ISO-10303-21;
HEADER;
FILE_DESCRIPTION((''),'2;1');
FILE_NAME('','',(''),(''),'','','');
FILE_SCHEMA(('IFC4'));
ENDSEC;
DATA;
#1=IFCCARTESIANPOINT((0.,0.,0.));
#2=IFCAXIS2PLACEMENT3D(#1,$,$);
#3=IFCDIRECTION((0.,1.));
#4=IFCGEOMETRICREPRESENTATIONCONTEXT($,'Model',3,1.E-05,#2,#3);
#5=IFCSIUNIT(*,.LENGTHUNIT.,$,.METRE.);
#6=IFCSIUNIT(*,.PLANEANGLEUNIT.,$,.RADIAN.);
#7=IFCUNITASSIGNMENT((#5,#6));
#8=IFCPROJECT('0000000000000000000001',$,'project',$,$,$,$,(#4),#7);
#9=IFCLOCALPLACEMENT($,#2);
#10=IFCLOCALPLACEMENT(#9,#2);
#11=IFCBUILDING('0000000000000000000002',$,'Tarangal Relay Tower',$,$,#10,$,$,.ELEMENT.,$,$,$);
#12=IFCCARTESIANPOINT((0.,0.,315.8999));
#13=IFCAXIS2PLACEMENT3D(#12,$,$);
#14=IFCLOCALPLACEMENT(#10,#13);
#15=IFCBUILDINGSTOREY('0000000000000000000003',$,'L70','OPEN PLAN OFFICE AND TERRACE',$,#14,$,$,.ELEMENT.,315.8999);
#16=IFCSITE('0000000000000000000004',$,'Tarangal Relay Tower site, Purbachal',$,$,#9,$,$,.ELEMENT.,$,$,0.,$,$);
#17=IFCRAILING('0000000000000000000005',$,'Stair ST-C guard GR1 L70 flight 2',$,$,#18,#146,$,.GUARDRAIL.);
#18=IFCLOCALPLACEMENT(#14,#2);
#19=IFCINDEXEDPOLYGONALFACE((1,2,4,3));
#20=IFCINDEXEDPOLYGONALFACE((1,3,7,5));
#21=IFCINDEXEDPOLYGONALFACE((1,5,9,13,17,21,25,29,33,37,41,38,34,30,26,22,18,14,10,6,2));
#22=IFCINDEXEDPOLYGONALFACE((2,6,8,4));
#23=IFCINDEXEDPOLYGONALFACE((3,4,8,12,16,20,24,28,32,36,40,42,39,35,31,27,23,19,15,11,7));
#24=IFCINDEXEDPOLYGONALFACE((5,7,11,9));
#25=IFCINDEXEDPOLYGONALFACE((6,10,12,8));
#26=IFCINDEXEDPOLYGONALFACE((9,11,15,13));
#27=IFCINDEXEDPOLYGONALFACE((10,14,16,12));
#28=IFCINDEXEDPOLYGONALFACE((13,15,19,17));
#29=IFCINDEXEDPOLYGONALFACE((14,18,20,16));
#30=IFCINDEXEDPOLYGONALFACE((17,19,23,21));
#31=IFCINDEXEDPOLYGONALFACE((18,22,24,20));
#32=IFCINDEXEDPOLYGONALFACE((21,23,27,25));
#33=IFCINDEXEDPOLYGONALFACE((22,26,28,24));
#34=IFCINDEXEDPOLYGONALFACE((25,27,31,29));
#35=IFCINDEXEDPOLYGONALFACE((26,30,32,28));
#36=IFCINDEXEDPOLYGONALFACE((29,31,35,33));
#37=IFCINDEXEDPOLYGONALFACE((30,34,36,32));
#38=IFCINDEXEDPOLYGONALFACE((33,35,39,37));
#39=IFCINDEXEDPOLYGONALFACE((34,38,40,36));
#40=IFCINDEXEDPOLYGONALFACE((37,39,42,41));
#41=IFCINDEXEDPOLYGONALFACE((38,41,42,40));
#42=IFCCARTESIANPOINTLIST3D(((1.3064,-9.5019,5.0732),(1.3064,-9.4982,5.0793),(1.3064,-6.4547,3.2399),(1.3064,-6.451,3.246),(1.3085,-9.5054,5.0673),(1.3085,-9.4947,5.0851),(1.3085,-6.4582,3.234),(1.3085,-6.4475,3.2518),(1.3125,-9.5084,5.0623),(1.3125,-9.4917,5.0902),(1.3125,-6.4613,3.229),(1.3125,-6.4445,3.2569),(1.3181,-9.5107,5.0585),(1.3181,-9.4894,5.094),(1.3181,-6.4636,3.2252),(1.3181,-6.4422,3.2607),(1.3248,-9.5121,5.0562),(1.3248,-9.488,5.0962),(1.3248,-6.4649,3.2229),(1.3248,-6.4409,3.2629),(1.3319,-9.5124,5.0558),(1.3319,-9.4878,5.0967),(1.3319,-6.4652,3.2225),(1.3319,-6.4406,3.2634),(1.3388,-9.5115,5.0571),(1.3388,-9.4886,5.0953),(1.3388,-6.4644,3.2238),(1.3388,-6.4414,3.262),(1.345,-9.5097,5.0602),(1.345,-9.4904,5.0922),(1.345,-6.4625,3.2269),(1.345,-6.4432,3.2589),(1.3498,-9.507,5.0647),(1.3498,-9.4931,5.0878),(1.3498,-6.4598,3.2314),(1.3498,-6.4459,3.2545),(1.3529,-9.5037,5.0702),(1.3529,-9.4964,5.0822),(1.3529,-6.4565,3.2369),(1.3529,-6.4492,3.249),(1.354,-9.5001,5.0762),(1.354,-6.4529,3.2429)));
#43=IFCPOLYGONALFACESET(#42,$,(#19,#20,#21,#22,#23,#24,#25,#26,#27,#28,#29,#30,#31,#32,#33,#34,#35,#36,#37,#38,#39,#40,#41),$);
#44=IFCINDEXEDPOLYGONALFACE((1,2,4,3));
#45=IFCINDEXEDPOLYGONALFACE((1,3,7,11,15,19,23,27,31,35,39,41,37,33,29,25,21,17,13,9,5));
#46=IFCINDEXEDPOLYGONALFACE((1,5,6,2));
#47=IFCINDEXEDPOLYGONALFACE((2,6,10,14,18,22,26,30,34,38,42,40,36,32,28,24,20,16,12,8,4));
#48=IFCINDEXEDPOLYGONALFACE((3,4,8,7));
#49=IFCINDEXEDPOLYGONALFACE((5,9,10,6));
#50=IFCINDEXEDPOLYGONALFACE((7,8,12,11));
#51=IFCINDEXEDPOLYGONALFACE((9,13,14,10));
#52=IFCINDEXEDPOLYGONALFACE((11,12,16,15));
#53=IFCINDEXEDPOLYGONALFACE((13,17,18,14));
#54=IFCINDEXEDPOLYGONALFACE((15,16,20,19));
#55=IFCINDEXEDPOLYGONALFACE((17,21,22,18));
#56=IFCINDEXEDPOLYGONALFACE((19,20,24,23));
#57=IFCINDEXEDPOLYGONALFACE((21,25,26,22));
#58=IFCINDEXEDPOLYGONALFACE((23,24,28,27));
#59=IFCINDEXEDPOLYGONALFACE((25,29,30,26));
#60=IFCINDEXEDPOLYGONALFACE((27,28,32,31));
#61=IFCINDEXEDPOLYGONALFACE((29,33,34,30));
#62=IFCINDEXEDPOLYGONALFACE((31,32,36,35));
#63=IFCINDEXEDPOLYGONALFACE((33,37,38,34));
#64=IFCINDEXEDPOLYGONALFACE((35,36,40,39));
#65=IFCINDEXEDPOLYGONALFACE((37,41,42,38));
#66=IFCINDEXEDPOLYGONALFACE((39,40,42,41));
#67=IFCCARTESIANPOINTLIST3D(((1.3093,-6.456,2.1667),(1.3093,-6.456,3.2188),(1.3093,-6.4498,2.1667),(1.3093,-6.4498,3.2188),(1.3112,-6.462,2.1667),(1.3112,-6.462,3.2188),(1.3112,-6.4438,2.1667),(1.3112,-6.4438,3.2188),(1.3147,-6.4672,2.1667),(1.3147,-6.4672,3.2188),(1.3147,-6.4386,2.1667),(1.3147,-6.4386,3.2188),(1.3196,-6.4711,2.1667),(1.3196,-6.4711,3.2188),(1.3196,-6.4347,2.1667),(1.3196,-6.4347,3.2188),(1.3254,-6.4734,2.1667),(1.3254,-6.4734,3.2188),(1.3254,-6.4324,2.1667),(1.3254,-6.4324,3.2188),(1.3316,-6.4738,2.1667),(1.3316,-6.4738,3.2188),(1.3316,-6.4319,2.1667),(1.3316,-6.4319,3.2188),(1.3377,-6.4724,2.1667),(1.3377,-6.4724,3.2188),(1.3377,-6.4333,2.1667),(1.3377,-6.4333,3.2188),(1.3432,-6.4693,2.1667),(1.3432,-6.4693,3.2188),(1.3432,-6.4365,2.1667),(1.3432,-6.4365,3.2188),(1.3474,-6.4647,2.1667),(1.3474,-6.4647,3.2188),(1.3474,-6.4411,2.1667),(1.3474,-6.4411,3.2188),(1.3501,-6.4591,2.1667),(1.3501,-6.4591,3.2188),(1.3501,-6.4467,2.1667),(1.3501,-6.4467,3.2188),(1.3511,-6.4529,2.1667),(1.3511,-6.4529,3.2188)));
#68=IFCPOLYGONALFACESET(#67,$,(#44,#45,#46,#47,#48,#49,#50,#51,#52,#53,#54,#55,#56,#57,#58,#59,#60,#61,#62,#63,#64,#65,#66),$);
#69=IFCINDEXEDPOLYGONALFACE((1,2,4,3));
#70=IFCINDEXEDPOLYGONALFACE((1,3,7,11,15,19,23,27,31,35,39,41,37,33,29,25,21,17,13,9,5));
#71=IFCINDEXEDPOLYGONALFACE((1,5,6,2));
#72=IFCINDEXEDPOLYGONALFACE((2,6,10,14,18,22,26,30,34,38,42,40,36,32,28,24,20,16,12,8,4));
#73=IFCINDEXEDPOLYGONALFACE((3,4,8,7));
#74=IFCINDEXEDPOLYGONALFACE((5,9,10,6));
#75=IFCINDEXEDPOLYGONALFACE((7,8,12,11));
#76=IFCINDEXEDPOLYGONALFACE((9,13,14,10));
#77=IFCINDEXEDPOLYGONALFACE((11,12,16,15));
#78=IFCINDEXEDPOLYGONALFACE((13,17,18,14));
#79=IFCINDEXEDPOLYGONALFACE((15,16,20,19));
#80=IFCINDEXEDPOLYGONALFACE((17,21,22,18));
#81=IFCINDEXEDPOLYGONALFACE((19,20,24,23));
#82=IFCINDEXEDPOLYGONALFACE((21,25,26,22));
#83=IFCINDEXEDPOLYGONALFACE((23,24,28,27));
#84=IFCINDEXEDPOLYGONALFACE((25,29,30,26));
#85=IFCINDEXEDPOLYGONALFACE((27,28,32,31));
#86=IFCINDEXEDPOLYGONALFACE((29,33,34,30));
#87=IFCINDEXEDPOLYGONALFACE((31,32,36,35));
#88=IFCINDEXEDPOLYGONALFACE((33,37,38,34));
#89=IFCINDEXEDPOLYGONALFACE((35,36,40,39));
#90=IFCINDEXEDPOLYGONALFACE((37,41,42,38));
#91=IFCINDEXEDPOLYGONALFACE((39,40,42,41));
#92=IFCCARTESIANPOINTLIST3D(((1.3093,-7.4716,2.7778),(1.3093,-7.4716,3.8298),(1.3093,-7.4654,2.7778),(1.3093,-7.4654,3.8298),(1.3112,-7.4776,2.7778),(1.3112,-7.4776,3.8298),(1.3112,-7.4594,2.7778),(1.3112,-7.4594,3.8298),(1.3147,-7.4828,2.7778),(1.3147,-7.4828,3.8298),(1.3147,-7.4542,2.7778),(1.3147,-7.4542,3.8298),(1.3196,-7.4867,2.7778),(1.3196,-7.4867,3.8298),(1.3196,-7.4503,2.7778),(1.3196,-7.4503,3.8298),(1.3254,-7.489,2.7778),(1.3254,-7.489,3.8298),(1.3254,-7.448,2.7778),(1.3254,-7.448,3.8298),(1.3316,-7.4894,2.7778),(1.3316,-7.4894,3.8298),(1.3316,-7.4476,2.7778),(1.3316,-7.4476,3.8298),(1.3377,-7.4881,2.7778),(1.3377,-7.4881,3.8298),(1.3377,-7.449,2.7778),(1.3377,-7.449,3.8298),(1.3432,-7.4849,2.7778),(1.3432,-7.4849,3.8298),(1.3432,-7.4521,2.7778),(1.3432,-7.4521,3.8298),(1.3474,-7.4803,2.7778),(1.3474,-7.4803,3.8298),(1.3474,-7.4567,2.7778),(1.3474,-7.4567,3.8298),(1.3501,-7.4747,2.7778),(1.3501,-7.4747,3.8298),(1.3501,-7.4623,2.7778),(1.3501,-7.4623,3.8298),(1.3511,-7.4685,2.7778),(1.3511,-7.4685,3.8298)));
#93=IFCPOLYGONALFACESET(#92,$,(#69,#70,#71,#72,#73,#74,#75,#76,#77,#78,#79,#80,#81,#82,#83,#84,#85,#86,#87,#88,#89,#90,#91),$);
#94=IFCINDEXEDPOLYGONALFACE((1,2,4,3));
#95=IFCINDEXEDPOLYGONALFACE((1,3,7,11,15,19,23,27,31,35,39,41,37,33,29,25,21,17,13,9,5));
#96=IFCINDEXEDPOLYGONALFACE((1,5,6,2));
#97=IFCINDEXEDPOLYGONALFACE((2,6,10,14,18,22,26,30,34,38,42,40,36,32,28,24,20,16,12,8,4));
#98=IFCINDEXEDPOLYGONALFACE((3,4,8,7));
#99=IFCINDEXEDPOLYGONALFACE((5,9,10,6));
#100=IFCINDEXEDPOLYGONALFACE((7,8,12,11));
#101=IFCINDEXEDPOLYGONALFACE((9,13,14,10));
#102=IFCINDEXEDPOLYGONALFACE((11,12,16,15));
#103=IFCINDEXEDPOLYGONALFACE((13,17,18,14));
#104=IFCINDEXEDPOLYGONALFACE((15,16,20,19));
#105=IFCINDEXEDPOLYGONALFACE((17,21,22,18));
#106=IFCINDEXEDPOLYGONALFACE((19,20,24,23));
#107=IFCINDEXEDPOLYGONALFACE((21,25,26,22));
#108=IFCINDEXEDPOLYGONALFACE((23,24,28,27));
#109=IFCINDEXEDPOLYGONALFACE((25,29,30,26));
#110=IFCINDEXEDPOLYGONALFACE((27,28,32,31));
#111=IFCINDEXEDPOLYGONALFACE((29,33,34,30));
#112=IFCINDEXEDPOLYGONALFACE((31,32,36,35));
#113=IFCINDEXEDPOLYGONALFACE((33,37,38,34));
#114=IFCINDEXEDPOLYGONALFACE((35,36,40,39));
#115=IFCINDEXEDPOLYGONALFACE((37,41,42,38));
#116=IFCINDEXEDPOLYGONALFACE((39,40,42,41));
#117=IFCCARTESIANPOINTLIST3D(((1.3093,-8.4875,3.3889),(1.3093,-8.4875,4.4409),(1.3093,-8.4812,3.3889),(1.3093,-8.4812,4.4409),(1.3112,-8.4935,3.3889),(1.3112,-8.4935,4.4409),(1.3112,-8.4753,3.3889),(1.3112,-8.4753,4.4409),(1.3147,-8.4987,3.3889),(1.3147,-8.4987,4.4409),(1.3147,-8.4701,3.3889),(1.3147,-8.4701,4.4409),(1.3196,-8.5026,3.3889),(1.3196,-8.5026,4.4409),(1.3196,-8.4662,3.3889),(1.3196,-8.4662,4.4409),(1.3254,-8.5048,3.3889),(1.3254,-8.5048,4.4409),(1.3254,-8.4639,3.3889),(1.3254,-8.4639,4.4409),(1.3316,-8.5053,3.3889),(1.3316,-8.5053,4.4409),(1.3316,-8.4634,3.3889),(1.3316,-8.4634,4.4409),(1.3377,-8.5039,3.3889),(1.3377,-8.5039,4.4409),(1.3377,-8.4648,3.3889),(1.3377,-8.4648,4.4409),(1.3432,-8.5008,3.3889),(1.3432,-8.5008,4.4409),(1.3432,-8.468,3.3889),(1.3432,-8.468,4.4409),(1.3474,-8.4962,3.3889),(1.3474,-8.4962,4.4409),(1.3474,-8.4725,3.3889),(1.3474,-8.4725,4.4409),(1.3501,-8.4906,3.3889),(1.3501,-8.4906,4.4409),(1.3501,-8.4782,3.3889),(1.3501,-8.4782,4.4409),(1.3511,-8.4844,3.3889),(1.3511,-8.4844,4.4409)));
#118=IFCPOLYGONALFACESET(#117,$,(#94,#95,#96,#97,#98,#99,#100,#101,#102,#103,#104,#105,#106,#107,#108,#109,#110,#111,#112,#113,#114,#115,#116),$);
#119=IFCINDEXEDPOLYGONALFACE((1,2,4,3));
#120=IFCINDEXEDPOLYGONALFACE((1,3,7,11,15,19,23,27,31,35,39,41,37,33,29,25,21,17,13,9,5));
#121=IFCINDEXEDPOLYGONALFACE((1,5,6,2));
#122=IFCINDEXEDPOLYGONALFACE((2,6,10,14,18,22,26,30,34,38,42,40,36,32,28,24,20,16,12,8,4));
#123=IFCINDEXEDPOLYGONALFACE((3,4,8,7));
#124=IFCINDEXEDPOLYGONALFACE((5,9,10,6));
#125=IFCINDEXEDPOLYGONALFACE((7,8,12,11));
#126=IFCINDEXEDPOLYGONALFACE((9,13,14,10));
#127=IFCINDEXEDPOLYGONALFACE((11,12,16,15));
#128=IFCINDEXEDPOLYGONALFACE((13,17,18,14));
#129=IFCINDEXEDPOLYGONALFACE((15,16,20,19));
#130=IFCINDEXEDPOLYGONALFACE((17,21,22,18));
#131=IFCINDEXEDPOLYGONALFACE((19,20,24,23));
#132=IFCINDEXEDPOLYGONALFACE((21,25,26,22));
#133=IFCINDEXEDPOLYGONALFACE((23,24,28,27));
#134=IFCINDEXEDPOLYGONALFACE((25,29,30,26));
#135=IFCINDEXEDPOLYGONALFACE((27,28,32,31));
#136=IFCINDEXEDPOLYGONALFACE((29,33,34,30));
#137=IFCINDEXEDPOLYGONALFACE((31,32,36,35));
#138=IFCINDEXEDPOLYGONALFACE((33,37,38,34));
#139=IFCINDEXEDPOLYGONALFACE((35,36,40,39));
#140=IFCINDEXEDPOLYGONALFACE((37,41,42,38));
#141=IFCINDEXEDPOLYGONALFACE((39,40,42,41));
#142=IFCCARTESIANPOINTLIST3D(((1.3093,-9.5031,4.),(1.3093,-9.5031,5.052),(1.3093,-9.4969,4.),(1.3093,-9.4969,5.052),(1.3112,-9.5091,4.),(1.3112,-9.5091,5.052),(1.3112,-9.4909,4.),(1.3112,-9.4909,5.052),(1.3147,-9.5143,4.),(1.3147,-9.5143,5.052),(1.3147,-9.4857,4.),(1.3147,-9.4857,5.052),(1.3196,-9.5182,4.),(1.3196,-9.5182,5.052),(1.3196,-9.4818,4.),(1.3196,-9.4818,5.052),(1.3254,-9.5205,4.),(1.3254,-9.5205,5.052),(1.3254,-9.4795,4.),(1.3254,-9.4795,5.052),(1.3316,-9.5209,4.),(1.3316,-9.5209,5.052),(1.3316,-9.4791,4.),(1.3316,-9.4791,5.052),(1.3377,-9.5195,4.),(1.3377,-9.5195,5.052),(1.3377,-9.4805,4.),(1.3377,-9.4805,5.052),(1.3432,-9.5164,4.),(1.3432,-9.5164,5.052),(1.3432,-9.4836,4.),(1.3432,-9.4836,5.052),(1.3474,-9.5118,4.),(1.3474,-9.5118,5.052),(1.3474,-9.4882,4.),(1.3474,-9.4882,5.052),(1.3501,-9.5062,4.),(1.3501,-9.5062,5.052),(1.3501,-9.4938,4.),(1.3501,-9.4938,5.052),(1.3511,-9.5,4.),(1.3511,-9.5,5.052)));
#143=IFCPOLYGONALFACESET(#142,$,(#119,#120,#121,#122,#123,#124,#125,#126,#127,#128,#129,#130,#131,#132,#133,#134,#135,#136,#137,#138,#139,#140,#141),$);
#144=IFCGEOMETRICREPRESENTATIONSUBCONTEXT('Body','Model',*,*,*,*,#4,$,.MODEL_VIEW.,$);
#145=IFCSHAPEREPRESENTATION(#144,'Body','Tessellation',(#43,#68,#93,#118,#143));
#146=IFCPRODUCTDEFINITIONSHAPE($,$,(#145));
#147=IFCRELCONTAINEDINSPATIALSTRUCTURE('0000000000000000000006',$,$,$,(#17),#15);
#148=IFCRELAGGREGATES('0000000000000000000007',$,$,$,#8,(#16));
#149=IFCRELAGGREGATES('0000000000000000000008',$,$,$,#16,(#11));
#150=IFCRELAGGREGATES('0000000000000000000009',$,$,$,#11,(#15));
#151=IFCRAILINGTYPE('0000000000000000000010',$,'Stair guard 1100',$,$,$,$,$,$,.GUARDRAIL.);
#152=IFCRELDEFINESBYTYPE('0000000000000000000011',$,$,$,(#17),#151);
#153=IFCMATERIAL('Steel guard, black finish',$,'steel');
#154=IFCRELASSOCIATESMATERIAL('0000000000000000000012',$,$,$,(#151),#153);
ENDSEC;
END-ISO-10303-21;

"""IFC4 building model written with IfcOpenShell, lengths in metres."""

from ifc_helpers import new_model, si_unit, direction, frame, origin, origin_2d, place, context, subcontext, project, spatial, circle, extrude, material, type_object, element, save


model = new_model("IFC4")

# Units and contexts
model_context = context("Model", 3, precision=1e-05, world=origin(), true_north=direction((0.0, 1.0)))
body_context = subcontext(model_context, "Body", "Model", "MODEL_VIEW")
ifc_project = project(units=[si_unit("LENGTHUNIT", "METRE"), si_unit("PLANEANGLEUNIT", "RADIAN")], contexts=[model_context])

# Site, building, storey
site_placement = place(None, origin())
site = spatial("IfcSite", under=ifc_project, at=site_placement, Name="Tarangal Relay Tower site, Purbachal", CompositionType="ELEMENT", RefElevation=0.0)
building_placement = place(site_placement, origin())
building = spatial("IfcBuilding", under=site, at=building_placement, Name="Tarangal Relay Tower", CompositionType="ELEMENT")
storey_placement = place(building_placement, frame((0.0, 0.0, 315.8999)))
storey = spatial("IfcBuildingStorey", under=building, at=storey_placement, Name="L70", Description="OPEN PLAN OFFICE AND TERRACE", CompositionType="ELEMENT", Elevation=315.8999)

# Railing
ifc_material_1 = material(Name="Steel guard, black finish", Category="steel")
railing_type_1 = type_object("IfcRailingType", Name="Stair guard 1100", PredefinedType="GUARDRAIL", material=ifc_material_1)
railing_1_placement = place(storey_placement, frame((1.3301, -6.4529, 2.1667)))
element("IfcRailing", 1, at=railing_1_placement, inside=storey, type_object=railing_type_1, Name="Stair ST-C guard GR1 L70 flight 2", PredefinedType="GUARDRAIL", context=body_context, shape_type="SweptSolid", body=[
    extrude(circle(Radius=0.0239, at=origin_2d()), frame((0.0, 0.0, 1.0762), z_axis=(0.0, -0.856874, 0.515525), x_axis=(1.0, 0.0, 0.0)), (0.0, 0.0, 1.0), 3.5562),
    extrude(circle(Radius=0.021, at=origin_2d()), origin(), (0.0, 0.0, 1.0), 1.052),
    extrude(circle(Radius=0.021, at=origin_2d()), frame((0.0, -1.0156, 0.6111)), (0.0, 0.0, 1.0), 1.052),
    extrude(circle(Radius=0.021, at=origin_2d()), frame((0.0, -2.0315, 1.2222)), (0.0, 0.0, 1.0), 1.052),
    extrude(circle(Radius=0.021, at=origin_2d()), frame((0.0, -3.0471, 1.8333)), (0.0, 0.0, 1.0), 1.052),
])

save(model, "model.ifc")
